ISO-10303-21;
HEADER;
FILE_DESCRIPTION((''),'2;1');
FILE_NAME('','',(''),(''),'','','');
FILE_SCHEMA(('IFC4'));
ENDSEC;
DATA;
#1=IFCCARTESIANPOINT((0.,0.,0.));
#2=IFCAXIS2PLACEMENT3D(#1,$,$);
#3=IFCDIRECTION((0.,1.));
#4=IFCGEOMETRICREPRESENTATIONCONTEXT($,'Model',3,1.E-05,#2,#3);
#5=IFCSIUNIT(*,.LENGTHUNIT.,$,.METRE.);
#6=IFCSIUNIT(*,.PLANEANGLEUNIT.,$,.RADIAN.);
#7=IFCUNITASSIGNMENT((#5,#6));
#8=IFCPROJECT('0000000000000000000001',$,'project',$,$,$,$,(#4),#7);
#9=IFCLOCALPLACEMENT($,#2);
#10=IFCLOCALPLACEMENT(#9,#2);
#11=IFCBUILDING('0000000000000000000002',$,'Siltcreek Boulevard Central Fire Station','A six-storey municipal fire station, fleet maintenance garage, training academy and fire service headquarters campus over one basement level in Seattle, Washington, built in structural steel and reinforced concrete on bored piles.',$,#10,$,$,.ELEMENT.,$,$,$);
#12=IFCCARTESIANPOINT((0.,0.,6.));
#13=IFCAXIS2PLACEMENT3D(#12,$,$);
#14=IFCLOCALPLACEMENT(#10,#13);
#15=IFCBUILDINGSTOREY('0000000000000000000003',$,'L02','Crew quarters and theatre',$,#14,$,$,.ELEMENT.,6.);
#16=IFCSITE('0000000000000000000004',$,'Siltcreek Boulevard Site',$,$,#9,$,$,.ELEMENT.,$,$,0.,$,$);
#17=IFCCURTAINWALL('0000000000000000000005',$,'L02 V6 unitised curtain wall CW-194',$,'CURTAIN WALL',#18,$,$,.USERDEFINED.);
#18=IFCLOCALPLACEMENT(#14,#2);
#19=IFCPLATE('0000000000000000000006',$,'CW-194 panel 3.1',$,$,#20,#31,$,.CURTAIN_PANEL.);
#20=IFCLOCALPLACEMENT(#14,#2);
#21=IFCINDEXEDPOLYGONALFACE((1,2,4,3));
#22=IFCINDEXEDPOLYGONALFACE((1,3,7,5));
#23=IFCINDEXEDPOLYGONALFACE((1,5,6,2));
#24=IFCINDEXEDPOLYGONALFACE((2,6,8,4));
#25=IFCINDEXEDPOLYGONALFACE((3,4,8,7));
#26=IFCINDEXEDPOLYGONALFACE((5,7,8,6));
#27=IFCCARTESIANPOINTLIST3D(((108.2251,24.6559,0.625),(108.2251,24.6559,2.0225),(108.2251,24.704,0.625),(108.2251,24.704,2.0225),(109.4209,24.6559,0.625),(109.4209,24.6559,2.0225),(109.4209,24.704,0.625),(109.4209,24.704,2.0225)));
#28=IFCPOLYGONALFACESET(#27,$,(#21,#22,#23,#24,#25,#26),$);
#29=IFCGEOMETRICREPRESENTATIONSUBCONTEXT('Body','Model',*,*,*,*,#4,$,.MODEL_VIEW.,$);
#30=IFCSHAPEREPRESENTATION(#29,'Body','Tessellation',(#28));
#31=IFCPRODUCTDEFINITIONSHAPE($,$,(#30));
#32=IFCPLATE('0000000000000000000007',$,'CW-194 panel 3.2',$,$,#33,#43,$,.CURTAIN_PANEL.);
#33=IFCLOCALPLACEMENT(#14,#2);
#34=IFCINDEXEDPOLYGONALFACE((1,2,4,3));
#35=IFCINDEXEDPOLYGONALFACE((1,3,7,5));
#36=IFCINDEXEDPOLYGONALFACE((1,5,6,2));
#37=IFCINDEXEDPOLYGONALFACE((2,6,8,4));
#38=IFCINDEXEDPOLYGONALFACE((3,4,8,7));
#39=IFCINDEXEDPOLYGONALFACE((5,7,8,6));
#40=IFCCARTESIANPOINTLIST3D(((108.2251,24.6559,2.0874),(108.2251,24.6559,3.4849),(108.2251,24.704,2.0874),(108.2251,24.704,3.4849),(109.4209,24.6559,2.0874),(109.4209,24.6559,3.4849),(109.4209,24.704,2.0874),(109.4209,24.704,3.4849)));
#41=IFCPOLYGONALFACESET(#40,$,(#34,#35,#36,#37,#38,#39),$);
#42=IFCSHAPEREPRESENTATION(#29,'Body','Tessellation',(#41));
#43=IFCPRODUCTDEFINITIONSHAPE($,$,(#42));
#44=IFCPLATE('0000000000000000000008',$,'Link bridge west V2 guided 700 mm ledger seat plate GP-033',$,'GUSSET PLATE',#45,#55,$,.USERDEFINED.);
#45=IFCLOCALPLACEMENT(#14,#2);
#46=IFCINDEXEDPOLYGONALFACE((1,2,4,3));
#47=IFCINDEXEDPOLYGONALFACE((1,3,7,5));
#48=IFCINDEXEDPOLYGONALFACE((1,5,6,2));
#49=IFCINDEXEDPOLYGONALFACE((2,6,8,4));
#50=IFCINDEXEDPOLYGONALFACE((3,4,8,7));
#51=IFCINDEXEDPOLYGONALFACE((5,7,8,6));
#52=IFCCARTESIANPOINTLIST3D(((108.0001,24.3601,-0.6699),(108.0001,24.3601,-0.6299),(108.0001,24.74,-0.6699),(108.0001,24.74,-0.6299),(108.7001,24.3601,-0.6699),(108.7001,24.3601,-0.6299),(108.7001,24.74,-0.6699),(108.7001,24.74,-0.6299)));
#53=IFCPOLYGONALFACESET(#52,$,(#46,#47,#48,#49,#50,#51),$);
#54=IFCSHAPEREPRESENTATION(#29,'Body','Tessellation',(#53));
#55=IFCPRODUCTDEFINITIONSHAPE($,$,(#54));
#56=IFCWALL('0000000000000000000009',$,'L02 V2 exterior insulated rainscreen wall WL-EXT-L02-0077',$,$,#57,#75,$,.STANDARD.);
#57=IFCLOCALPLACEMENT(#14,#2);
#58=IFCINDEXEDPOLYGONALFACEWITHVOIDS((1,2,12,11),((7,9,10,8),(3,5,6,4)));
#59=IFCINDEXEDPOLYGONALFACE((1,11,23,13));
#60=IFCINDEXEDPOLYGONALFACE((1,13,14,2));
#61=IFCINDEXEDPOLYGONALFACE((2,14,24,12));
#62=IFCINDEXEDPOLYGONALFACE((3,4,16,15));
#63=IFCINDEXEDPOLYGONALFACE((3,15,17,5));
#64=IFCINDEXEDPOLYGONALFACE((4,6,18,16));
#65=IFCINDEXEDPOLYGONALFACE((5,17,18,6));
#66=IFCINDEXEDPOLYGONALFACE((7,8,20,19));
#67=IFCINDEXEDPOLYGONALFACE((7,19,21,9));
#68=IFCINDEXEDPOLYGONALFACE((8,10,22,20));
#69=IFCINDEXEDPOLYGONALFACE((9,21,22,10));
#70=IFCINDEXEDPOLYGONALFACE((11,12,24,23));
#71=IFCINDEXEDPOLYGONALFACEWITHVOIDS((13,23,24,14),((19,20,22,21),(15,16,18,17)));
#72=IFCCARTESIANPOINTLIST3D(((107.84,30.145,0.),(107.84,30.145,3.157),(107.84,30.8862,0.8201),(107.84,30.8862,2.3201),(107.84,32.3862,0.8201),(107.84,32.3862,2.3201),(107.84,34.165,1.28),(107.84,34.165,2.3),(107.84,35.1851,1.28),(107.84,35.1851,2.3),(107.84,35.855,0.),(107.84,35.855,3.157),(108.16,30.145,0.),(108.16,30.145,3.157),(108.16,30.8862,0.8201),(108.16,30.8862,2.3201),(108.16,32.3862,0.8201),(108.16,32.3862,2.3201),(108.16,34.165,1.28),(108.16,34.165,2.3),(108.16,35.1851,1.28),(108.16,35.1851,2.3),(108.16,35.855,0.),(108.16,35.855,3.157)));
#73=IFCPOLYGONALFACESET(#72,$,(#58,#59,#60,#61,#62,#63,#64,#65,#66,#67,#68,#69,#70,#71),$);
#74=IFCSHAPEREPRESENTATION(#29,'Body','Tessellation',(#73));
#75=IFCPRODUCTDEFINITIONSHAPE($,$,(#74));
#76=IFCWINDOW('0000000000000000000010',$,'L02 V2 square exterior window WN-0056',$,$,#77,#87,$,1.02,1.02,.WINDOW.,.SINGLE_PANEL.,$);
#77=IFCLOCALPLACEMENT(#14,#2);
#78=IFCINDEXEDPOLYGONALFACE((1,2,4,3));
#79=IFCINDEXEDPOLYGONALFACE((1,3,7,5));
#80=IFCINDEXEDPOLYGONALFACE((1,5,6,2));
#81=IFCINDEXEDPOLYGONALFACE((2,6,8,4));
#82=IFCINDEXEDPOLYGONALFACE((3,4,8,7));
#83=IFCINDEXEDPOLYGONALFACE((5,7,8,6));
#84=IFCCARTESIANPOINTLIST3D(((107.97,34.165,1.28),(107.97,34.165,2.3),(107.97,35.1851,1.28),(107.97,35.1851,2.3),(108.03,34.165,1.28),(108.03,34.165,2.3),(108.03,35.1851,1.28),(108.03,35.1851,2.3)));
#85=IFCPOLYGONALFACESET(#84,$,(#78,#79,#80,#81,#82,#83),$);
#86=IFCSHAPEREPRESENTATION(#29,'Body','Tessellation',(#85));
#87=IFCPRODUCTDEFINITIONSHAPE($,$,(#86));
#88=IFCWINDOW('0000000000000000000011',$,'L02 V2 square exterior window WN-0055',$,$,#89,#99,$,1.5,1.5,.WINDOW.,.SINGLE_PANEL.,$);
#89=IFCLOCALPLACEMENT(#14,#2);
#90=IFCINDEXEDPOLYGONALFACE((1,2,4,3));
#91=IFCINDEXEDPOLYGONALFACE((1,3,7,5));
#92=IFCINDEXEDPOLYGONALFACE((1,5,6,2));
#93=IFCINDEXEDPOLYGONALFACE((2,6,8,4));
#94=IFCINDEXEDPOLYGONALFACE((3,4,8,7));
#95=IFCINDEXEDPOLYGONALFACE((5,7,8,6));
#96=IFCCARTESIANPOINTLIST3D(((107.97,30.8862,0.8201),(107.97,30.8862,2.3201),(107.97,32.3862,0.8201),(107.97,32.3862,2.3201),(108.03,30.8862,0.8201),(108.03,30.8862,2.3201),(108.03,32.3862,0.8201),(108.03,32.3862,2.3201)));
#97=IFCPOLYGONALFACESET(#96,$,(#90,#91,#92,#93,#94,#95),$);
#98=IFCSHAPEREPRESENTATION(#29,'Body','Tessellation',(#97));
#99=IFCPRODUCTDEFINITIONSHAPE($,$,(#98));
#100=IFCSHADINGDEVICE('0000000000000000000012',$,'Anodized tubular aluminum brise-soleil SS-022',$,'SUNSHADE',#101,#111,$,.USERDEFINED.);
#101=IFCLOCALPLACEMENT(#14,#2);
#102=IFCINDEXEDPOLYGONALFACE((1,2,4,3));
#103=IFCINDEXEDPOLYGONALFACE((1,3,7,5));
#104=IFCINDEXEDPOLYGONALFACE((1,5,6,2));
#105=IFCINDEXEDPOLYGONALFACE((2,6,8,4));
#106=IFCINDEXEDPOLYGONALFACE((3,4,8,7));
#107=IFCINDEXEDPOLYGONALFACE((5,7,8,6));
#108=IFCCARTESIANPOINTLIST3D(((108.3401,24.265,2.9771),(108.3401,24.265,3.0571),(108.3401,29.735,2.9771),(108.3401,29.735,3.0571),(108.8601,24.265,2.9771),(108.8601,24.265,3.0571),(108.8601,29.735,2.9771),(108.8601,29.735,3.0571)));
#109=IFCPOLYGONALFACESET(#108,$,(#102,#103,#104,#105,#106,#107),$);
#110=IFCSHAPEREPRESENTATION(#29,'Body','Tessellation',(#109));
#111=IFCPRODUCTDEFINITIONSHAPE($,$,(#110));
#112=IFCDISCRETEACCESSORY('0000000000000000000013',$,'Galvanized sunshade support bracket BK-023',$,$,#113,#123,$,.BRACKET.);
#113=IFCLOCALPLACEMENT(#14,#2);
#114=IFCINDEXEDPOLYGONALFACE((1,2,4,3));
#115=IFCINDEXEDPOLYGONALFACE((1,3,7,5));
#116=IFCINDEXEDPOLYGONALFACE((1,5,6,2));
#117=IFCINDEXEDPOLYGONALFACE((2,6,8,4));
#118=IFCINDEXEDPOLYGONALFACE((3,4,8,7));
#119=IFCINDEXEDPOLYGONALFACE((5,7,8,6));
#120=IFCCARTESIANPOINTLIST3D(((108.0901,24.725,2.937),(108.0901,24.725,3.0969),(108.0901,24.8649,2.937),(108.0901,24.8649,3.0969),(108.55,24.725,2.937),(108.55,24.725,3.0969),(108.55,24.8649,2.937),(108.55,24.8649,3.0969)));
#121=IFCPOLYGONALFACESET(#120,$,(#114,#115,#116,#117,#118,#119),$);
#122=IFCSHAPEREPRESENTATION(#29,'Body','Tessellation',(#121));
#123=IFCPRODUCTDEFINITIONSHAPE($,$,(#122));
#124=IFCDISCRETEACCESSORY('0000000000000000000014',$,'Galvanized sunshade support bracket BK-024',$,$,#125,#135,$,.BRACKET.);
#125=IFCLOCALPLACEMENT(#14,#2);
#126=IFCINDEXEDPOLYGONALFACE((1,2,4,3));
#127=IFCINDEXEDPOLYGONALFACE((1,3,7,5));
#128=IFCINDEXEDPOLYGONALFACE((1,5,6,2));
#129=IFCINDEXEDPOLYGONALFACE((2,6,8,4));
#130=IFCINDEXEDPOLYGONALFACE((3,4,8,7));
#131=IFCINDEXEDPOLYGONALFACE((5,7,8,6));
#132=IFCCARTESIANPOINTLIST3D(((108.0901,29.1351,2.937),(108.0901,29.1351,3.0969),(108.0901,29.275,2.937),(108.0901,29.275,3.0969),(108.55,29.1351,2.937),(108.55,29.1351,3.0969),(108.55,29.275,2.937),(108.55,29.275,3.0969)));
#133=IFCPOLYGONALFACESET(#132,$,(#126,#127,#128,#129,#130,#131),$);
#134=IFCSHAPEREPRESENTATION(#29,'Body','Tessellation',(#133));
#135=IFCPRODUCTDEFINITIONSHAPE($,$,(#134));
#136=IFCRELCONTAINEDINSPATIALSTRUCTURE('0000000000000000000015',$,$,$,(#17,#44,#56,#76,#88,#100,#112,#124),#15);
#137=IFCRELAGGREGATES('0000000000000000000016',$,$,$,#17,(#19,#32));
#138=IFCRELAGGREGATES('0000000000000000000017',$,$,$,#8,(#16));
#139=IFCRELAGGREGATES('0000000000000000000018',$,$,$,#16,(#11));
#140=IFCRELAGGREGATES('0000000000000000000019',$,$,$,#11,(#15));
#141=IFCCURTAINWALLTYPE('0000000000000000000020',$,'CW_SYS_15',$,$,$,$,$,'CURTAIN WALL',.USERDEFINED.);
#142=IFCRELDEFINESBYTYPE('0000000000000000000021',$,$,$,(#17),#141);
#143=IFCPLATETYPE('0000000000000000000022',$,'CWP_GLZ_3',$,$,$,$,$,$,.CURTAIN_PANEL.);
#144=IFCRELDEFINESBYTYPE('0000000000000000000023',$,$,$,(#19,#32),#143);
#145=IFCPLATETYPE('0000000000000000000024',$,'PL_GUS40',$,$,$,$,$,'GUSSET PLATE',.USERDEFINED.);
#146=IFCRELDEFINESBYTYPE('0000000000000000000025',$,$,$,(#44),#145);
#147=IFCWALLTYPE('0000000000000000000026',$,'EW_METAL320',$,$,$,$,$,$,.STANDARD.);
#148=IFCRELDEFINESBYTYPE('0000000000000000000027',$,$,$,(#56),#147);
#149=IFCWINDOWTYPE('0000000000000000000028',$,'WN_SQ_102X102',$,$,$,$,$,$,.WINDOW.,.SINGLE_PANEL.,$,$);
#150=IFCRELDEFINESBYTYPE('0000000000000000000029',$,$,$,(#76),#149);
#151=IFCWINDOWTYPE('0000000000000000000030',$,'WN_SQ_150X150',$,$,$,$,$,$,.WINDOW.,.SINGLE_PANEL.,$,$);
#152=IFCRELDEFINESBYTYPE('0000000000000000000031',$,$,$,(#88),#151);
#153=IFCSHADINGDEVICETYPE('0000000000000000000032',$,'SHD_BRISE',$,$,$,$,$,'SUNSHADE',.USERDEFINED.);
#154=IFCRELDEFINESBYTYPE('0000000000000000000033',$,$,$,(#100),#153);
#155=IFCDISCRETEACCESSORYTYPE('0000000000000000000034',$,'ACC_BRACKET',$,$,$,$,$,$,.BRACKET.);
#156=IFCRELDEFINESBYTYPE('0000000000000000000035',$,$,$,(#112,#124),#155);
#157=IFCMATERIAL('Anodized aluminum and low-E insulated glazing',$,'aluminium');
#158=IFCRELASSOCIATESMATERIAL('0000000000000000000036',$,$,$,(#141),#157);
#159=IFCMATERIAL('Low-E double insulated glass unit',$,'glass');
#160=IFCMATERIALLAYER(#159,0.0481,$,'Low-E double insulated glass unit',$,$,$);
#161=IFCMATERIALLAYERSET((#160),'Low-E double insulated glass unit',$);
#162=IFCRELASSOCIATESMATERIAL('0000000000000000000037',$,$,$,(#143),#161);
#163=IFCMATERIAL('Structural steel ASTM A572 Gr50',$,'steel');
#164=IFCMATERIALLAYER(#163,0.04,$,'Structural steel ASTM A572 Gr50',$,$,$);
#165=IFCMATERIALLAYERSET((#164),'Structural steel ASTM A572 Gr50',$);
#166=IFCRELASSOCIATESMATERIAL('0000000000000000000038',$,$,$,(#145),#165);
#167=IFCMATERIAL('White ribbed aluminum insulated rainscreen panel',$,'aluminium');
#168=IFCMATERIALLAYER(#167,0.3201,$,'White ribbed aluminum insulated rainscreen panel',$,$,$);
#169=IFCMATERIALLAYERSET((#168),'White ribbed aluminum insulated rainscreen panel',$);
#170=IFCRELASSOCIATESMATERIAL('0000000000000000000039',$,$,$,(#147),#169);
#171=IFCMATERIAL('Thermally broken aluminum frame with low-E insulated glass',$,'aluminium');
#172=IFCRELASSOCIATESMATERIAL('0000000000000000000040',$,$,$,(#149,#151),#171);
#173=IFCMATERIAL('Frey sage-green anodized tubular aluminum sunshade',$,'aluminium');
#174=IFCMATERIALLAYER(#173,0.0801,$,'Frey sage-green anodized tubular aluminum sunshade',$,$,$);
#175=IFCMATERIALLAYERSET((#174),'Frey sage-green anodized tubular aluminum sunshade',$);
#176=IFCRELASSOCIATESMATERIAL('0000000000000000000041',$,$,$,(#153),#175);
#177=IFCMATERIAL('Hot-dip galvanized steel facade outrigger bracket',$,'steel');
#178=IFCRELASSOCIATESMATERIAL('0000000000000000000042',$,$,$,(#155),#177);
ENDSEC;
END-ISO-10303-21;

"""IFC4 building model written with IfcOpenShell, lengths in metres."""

from ifc_helpers import new_model, si_unit, direction, frame, frame_2d, origin, origin_2d, place, context, subcontext, project, spatial, rectangle, extrude, material, layer, layer_set, type_object, element, fill, aggregate, save


model = new_model("IFC4")

# Units and contexts
model_context = context("Model", 3, precision=1e-05, world=origin(), true_north=direction((0.0, 1.0)))
body_context = subcontext(model_context, "Body", "Model", "MODEL_VIEW")
ifc_project = project(units=[si_unit("LENGTHUNIT", "METRE"), si_unit("PLANEANGLEUNIT", "RADIAN")], contexts=[model_context])

# Site, building, storey
site_placement = place(None, origin())
site = spatial("IfcSite", under=ifc_project, at=site_placement, Name="Siltcreek Boulevard Site", CompositionType="ELEMENT", RefElevation=0.0)
building_placement = place(site_placement, origin())
building = spatial("IfcBuilding", under=site, at=building_placement, Name="Siltcreek Boulevard Central Fire Station", Description="A six-storey municipal fire station, fleet maintenance garage, training academy and fire service headquarters campus over one basement level in Seattle, Washington, built in structural steel and reinforced concrete on bored piles.", CompositionType="ELEMENT")
storey_placement = place(building_placement, frame((0.0, 0.0, 6.0)))
storey = spatial("IfcBuildingStorey", under=building, at=storey_placement, Name="L02", Description="Crew quarters and theatre", CompositionType="ELEMENT", Elevation=6.0)

# Curtain wall, plates
ifc_material_1 = material(Name="Anodized aluminum and low-E insulated glazing", Category="aluminium")
curtain_wall_type = type_object("IfcCurtainWallType", Name="CW_SYS_15", ElementType="CURTAIN WALL", PredefinedType="USERDEFINED", material=ifc_material_1)
curtain_wall_placement = place(storey_placement, origin())
curtain_wall = element("IfcCurtainWall", 1, at=curtain_wall_placement, inside=storey, type_object=curtain_wall_type, Name="L02 V6 unitised curtain wall CW-194", ObjectType="CURTAIN WALL", PredefinedType="USERDEFINED")
ifc_material_2 = material(Name="Low-E double insulated glass unit", Category="glass")
ifc_layer_1 = layer(ifc_material_2, 0.0481, Name="Low-E double insulated glass unit")
ifc_layer_set_1 = layer_set([ifc_layer_1], Name="Low-E double insulated glass unit")
plate_type_1 = type_object("IfcPlateType", Name="CWP_GLZ_3", PredefinedType="CURTAIN_PANEL", material=ifc_layer_set_1)
plate_1_placement = place(storey_placement, frame((108.823, 24.6799, 0.625), z_axis=(0.0, 0.0, 1.0), x_axis=(-1.0, 0.0, 0.0)))
plate_1 = element("IfcPlate", 2, at=plate_1_placement, type_object=plate_type_1, Name="CW-194 panel 3.1", PredefinedType="CURTAIN_PANEL", context=body_context, shape_type="SweptSolid", body=[
    extrude(rectangle(XDim=1.1958, YDim=0.0481, at=origin_2d()), origin(), (0.0, 0.0, 1.0), 1.3975),
])
plate_2_placement = place(storey_placement, frame((108.823, 24.6799, 2.0874), z_axis=(0.0, 0.0, 1.0), x_axis=(-1.0, 0.0, 0.0)))
plate_2 = element("IfcPlate", 3, at=plate_2_placement, type_object=plate_type_1, Name="CW-194 panel 3.2", PredefinedType="CURTAIN_PANEL", context=body_context, shape_type="SweptSolid", body=[
    extrude(rectangle(XDim=1.1958, YDim=0.0481, at=origin_2d()), origin(), (0.0, 0.0, 1.0), 1.3975),
])
aggregate(curtain_wall, [plate_1, plate_2])

# Plate
ifc_material_3 = material(Name="Structural steel ASTM A572 Gr50", Category="steel")
ifc_layer_2 = layer(ifc_material_3, 0.04, Name="Structural steel ASTM A572 Gr50")
ifc_layer_set_2 = layer_set([ifc_layer_2], Name="Structural steel ASTM A572 Gr50")
plate_type_2 = type_object("IfcPlateType", Name="PL_GUS40", ElementType="GUSSET PLATE", PredefinedType="USERDEFINED", material=ifc_layer_set_2)
plate_3_placement = place(storey_placement, frame((108.3501, 24.55, -0.6699), z_axis=(0.0, 0.0, 1.0), x_axis=(1.0, 0.0, 0.0)))
element("IfcPlate", 4, at=plate_3_placement, inside=storey, type_object=plate_type_2, Name="Link bridge west V2 guided 700 mm ledger seat plate GP-033", ObjectType="GUSSET PLATE", PredefinedType="USERDEFINED", context=body_context, shape_type="SweptSolid", body=[
    extrude(rectangle(XDim=0.7, YDim=0.3799, at=origin_2d()), origin(), (0.0, 0.0, 1.0), 0.04),
])

# Wall, openings, windows
ifc_material_4 = material(Name="White ribbed aluminum insulated rainscreen panel", Category="aluminium")
ifc_layer_3 = layer(ifc_material_4, 0.3201, Name="White ribbed aluminum insulated rainscreen panel")
ifc_layer_set_3 = layer_set([ifc_layer_3], Name="White ribbed aluminum insulated rainscreen panel")
wall_type = type_object("IfcWallType", Name="EW_METAL320", PredefinedType="STANDARD", material=ifc_layer_set_3)
wall_placement = place(storey_placement, frame((108.0, 30.145, 0.0), z_axis=(0.0, 0.0, 1.0), x_axis=(0.0, 1.0, 0.0)))
wall = element("IfcWall", 5, at=wall_placement, inside=storey, type_object=wall_type, Name="L02 V2 exterior insulated rainscreen wall WL-EXT-L02-0077", PredefinedType="STANDARD", context=body_context, shape_type="SweptSolid", body=[
    extrude(rectangle(XDim=5.71, YDim=0.3201, at=frame_2d((2.855, 0.0))), origin(), (0.0, 0.0, 1.0), 3.157),
])
opening_1_placement = place(wall_placement, frame((0.7412, 0.0, 0.8201)))
opening_1 = element("IfcOpeningElement", 6, at=opening_1_placement, cuts=wall, PredefinedType="OPENING", context=body_context, shape_type="SweptSolid", body=[
    extrude(rectangle(XDim=1.5, YDim=1.5, at=frame_2d((0.75, 0.75))), frame((0.0, 0.1699, 0.0), z_axis=(0.0, -1.0, 0.0), x_axis=(1.0, 0.0, 0.0)), (0.0, 0.0, 1.0), 0.3401),
])
opening_2_placement = place(wall_placement, frame((4.02, 0.0, 1.28)))
opening_2 = element("IfcOpeningElement", 7, at=opening_2_placement, cuts=wall, PredefinedType="OPENING", context=body_context, shape_type="SweptSolid", body=[
    extrude(rectangle(XDim=1.02, YDim=1.02, at=frame_2d((0.51, 0.51))), frame((0.0, 0.1699, 0.0), z_axis=(0.0, -1.0, 0.0), x_axis=(1.0, 0.0, 0.0)), (0.0, 0.0, 1.0), 0.3401),
])
ifc_material_5 = material(Name="Thermally broken aluminum frame with low-E insulated glass", Category="aluminium")
window_type_1 = type_object("IfcWindowType", Name="WN_SQ_102X102", PartitioningType="SINGLE_PANEL", PredefinedType="WINDOW", material=ifc_material_5)
window_1_placement = place(opening_2_placement, origin())
window_1 = element("IfcWindow", 8, at=window_1_placement, inside=storey, type_object=window_type_1, Name="L02 V2 square exterior window WN-0056", OverallHeight=1.02, OverallWidth=1.02, PartitioningType="SINGLE_PANEL", PredefinedType="WINDOW", context=body_context, shape_type="SweptSolid", body=[
    extrude(rectangle(XDim=1.02, YDim=1.02, at=frame_2d((0.51, 0.51))), frame((0.0, 0.03, 0.0), z_axis=(0.0, -1.0, 0.0), x_axis=(1.0, 0.0, 0.0)), (0.0, 0.0, 1.0), 0.0601),
])
fill(opening_2, window_1)
window_type_2 = type_object("IfcWindowType", Name="WN_SQ_150X150", PartitioningType="SINGLE_PANEL", PredefinedType="WINDOW", material=ifc_material_5)
window_2_placement = place(opening_1_placement, origin())
window_2 = element("IfcWindow", 9, at=window_2_placement, inside=storey, type_object=window_type_2, Name="L02 V2 square exterior window WN-0055", OverallHeight=1.5, OverallWidth=1.5, PartitioningType="SINGLE_PANEL", PredefinedType="WINDOW", context=body_context, shape_type="SweptSolid", body=[
    extrude(rectangle(XDim=1.5, YDim=1.5, at=frame_2d((0.75, 0.75))), frame((0.0, 0.03, 0.0), z_axis=(0.0, -1.0, 0.0), x_axis=(1.0, 0.0, 0.0)), (0.0, 0.0, 1.0), 0.0601),
])
fill(opening_1, window_2)

# Shading device
ifc_material_6 = material(Name="Frey sage-green anodized tubular aluminum sunshade", Category="aluminium")
ifc_layer_4 = layer(ifc_material_6, 0.0801, Name="Frey sage-green anodized tubular aluminum sunshade")
ifc_layer_set_4 = layer_set([ifc_layer_4], Name="Frey sage-green anodized tubular aluminum sunshade")
shading_device_type = type_object("IfcShadingDeviceType", Name="SHD_BRISE", ElementType="SUNSHADE", PredefinedType="USERDEFINED", material=ifc_layer_set_4)
shading_device_placement = place(storey_placement, frame((108.6001, 27.0, 2.9771), z_axis=(0.0, 0.0, 1.0), x_axis=(0.0, 1.0, 0.0)))
element("IfcShadingDevice", 10, at=shading_device_placement, inside=storey, type_object=shading_device_type, Name="Anodized tubular aluminum brise-soleil SS-022", ObjectType="SUNSHADE", PredefinedType="USERDEFINED", context=body_context, shape_type="SweptSolid", body=[
    extrude(rectangle(XDim=5.47, YDim=0.52, at=origin_2d()), origin(), (0.0, 0.0, 1.0), 0.0801),
])

# Discrete accessories
ifc_material_7 = material(Name="Hot-dip galvanized steel facade outrigger bracket", Category="steel")
discrete_accessory_type = type_object("IfcDiscreteAccessoryType", Name="ACC_BRACKET", PredefinedType="BRACKET", material=ifc_material_7)
for number, where, z_axis, x_axis, name in (
    (11, (108.3201, 24.7949, 2.937), (0.0, 0.0, 1.0), (0.0, 1.0, 0.0), "Galvanized sunshade support bracket BK-023"),
    (12, (108.3201, 29.2051, 2.937), (0.0, 0.0, 1.0), (0.0, 1.0, 0.0), "Galvanized sunshade support bracket BK-024"),
):
    element("IfcDiscreteAccessory", number, at=place(storey_placement, frame(where, z_axis=z_axis, x_axis=x_axis)), inside=storey, type_object=discrete_accessory_type, Name=name, PredefinedType="BRACKET", context=body_context, shape_type="SweptSolid", body=[
        extrude(rectangle(XDim=0.1399, YDim=0.46, at=origin_2d()), origin(), (0.0, 0.0, 1.0), 0.1599),
    ])

save(model, "model.ifc")
